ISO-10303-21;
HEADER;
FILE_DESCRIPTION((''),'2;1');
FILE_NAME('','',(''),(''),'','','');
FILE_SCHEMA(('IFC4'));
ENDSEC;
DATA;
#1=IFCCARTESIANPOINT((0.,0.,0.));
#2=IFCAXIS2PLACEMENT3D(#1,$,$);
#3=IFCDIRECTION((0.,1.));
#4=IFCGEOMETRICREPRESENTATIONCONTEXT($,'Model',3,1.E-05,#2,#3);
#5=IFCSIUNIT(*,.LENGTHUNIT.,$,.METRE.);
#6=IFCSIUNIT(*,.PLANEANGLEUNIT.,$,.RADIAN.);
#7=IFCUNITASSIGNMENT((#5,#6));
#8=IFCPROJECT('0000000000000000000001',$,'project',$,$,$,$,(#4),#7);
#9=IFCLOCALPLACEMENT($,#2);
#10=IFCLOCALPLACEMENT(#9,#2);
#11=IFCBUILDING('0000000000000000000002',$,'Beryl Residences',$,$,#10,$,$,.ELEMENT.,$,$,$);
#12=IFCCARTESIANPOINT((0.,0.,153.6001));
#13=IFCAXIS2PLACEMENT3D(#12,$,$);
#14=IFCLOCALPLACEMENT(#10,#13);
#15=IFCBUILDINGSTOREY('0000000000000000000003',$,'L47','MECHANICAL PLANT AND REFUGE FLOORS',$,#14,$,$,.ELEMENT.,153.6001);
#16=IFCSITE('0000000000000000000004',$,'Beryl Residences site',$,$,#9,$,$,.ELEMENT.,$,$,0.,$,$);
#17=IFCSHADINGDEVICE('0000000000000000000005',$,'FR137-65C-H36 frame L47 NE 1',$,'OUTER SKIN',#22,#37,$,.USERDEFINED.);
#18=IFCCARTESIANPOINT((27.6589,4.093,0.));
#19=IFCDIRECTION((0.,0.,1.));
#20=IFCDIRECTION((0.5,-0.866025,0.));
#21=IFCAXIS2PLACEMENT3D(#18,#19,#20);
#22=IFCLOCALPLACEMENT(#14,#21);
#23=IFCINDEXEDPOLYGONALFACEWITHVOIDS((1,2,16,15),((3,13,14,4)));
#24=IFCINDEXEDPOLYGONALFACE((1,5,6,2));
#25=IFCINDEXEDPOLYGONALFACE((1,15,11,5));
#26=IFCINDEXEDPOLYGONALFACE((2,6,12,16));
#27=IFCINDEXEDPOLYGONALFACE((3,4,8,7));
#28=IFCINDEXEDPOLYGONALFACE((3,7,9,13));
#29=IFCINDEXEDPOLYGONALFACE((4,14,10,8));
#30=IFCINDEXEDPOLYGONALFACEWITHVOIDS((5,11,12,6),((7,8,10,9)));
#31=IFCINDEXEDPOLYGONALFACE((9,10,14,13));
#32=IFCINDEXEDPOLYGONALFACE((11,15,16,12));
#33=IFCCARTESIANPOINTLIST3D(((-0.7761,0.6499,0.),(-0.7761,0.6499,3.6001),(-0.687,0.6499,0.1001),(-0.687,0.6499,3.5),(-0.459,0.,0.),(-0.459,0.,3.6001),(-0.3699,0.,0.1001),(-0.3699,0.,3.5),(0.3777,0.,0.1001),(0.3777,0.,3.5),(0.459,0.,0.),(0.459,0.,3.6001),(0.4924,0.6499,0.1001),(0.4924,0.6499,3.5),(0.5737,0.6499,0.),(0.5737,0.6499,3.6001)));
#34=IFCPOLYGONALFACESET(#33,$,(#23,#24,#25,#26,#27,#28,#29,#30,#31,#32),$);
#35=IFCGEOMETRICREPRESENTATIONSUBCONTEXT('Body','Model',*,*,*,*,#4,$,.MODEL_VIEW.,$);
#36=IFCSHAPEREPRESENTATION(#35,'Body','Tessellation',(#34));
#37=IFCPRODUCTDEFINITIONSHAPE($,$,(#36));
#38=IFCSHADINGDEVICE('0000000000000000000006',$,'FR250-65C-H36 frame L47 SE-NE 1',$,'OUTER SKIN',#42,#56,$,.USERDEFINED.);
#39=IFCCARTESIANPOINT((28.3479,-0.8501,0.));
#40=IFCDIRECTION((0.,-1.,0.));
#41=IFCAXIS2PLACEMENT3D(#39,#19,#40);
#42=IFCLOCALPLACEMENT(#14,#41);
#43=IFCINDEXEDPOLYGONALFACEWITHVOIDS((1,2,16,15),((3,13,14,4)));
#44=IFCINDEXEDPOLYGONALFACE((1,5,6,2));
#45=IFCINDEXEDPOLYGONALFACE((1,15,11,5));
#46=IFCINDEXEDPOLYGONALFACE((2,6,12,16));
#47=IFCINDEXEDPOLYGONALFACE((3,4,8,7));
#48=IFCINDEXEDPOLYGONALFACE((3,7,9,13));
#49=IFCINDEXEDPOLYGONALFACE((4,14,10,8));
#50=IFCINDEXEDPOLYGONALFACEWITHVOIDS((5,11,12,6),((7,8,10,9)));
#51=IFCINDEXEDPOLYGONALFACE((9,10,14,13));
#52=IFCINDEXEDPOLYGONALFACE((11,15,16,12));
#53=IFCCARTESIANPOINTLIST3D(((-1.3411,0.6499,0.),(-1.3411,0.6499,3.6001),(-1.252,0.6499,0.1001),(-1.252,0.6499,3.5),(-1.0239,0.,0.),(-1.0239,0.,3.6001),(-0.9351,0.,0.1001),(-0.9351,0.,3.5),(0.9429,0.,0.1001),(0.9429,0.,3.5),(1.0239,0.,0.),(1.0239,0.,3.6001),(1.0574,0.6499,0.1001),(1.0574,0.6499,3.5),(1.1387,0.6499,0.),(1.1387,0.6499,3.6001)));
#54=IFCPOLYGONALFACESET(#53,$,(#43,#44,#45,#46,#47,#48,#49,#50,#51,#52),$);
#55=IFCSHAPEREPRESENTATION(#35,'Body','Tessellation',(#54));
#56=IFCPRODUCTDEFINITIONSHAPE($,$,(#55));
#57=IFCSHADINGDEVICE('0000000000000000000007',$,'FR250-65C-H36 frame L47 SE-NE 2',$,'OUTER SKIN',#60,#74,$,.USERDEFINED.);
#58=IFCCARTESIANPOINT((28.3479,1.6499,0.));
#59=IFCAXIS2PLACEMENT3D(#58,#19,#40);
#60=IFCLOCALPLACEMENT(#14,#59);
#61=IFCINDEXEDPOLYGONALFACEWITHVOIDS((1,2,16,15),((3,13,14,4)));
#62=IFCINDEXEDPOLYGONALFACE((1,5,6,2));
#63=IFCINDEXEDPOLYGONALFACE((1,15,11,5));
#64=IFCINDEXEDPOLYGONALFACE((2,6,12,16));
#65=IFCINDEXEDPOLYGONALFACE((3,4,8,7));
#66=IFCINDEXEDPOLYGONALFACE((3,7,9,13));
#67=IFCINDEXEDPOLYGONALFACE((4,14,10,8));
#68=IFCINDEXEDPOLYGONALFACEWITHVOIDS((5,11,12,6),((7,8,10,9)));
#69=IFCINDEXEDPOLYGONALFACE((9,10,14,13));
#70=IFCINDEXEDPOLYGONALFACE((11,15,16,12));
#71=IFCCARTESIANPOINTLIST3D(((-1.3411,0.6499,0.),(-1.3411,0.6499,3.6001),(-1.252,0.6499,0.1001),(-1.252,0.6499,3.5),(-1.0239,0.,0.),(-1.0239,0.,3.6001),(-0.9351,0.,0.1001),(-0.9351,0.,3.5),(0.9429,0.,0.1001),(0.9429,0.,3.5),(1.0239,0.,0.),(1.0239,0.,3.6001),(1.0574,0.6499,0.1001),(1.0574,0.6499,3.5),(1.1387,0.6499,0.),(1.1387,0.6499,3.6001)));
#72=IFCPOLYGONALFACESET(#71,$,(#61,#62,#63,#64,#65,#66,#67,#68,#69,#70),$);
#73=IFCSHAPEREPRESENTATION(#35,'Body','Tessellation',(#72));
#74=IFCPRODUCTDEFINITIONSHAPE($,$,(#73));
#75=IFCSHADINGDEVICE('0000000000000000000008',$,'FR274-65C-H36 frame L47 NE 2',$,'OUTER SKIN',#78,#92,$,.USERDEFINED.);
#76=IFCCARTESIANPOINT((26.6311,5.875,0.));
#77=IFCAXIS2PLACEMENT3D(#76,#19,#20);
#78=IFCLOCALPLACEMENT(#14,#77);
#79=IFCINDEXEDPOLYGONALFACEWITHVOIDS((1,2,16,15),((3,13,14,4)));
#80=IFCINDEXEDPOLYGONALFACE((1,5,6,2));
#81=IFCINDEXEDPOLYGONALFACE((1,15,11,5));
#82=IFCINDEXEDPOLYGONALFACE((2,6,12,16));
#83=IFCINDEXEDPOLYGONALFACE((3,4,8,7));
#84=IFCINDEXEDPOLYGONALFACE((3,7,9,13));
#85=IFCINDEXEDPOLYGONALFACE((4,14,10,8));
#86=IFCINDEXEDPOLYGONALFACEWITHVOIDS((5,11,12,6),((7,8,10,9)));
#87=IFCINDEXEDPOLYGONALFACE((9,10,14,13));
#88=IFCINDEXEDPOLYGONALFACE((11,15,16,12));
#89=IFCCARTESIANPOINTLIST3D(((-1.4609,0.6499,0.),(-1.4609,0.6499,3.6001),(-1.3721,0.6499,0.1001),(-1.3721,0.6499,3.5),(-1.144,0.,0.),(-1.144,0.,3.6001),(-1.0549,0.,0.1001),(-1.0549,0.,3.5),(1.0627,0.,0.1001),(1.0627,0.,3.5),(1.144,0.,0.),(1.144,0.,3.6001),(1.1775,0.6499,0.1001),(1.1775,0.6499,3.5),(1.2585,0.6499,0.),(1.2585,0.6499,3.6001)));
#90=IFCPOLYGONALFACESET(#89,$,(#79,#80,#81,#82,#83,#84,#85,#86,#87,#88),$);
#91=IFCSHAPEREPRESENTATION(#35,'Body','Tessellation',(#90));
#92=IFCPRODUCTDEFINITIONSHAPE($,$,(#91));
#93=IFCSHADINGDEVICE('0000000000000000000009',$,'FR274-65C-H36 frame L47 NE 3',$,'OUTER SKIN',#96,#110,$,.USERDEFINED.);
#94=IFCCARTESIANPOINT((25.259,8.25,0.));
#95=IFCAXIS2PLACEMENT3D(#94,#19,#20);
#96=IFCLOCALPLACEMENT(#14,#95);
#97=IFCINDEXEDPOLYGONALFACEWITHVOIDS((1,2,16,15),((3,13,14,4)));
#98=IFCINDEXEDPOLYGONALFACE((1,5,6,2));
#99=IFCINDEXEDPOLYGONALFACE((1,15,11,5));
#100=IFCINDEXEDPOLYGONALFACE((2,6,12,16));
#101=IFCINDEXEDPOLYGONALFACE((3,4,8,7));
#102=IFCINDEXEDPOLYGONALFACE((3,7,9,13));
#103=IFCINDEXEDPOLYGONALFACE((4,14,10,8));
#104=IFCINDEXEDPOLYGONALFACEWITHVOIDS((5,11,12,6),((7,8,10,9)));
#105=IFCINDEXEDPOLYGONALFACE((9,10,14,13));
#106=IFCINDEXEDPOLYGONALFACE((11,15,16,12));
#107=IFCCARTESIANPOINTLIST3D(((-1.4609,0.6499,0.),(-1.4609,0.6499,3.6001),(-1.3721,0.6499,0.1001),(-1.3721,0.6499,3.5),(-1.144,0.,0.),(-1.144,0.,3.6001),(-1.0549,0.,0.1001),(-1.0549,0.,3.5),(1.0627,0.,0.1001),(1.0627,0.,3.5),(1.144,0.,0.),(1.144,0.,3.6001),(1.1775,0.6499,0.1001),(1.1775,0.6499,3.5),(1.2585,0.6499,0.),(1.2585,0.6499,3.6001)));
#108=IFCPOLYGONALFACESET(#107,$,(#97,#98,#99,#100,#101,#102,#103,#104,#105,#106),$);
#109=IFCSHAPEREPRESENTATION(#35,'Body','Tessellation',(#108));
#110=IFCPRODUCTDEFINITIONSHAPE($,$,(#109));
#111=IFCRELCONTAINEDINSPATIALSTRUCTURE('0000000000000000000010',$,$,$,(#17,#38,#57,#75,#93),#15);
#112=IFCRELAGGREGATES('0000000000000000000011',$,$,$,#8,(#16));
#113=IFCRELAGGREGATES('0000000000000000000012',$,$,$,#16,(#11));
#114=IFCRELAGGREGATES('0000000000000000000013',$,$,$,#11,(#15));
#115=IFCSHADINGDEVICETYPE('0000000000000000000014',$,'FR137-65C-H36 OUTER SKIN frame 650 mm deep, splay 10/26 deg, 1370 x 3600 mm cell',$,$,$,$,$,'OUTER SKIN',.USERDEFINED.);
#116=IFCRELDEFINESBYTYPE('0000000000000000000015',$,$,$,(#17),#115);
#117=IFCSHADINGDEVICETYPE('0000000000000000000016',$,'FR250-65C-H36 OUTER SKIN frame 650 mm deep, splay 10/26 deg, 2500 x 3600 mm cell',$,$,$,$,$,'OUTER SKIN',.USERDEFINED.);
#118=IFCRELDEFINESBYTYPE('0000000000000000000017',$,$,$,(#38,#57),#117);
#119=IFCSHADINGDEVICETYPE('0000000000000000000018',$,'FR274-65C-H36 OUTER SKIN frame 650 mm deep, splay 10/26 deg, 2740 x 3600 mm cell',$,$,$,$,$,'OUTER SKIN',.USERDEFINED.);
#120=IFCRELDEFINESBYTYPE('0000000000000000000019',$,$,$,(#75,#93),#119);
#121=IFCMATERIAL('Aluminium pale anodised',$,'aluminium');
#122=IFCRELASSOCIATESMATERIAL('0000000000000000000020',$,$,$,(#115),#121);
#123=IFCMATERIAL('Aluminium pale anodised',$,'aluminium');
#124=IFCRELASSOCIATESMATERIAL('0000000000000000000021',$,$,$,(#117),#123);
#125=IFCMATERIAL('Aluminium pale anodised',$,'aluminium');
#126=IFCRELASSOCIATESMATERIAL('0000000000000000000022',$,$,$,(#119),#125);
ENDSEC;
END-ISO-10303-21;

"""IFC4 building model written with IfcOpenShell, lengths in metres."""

from ifc_helpers import new_model, entity, si_unit, direction, frame, origin, place, context, subcontext, project, spatial, source, transform, mapped, material, type_object, type_shapes, element, save


model = new_model("IFC4")

# Units and contexts
model_context = context("Model", 3, precision=1e-05, world=origin(), true_north=direction((0.0, 1.0)))
body_context = subcontext(model_context, "Body", "Model", "MODEL_VIEW")
ifc_project = project(units=[si_unit("LENGTHUNIT", "METRE"), si_unit("PLANEANGLEUNIT", "RADIAN")], contexts=[model_context])

# Site, building, storey
site_placement = place(None, origin())
site = spatial("IfcSite", under=ifc_project, at=site_placement, Name="Beryl Residences site", CompositionType="ELEMENT", RefElevation=0.0)
building_placement = place(site_placement, origin())
building = spatial("IfcBuilding", under=site, at=building_placement, Name="Beryl Residences", CompositionType="ELEMENT")
storey_placement = place(building_placement, frame((0.0, 0.0, 153.6001)))
storey = spatial("IfcBuildingStorey", under=building, at=storey_placement, Name="L47", Description="MECHANICAL PLANT AND REFUGE FLOORS", CompositionType="ELEMENT", Elevation=153.6001)

# Shading devices
ifc_material_1 = material(Name="Aluminium pale anodised", Category="aluminium")
shading_device_type_1 = type_object("IfcShadingDeviceType", Name="FR137-65C-H36 OUTER SKIN frame 650 mm deep, splay 10/26 deg, 1370 x 3600 mm cell", ElementType="OUTER SKIN", PredefinedType="USERDEFINED", material=ifc_material_1)
cartesian_point_1 = entity("IfcCartesianPoint", [-0.459, 0.0])
cartesian_point_2 = entity("IfcCartesianPoint", [-0.3777, 0.1001])
cartesian_point_3 = entity("IfcCartesianPoint", [-0.5737, 0.0])
cartesian_point_4 = entity("IfcCartesianPoint", [-0.4924, 0.1001])
shared_shape_1 = source(origin(), body_context, "Body", "SweptSolid", [
    entity("IfcExtrudedAreaSolidTapered", entity("IfcArbitraryProfileDefWithVoids", "AREA", None, entity("IfcPolyline", [cartesian_point_1, entity("IfcCartesianPoint", [0.459, 0.0]), entity("IfcCartesianPoint", [0.459, 3.6001]), entity("IfcCartesianPoint", [-0.459, 3.6001]), cartesian_point_1]), [entity("IfcPolyline", [cartesian_point_2, entity("IfcCartesianPoint", [0.3699, 0.1001]), entity("IfcCartesianPoint", [0.3699, 3.5]), entity("IfcCartesianPoint", [-0.3777, 3.5]), cartesian_point_2])]), entity("IfcAxis2Placement3D", entity("IfcCartesianPoint", [0.0, 0.0, 0.0]), entity("IfcDirection", [0.0, 1.0, 0.0]), entity("IfcDirection", [-1.0, 0.0, 0.0])), entity("IfcDirection", [0.0, 0.0, 1.0]), 0.6499, entity("IfcArbitraryProfileDefWithVoids", "AREA", None, entity("IfcPolyline", [cartesian_point_3, entity("IfcCartesianPoint", [0.7761, 0.0]), entity("IfcCartesianPoint", [0.7761, 3.6001]), entity("IfcCartesianPoint", [-0.5737, 3.6001]), cartesian_point_3]), [entity("IfcPolyline", [cartesian_point_4, entity("IfcCartesianPoint", [0.687, 0.1001]), entity("IfcCartesianPoint", [0.687, 3.5]), entity("IfcCartesianPoint", [-0.4924, 3.5]), cartesian_point_4])])),
])
type_shapes(shading_device_type_1, [shared_shape_1])
shading_device_placement = place(storey_placement, frame((27.6589, 4.093, 0.0), z_axis=(0.0, 0.0, 1.0), x_axis=(0.5, -0.866025, 0.0)))
element("IfcShadingDevice", 1, at=shading_device_placement, inside=storey, type_object=shading_device_type_1, Name="FR137-65C-H36 frame L47 NE 1", ObjectType="OUTER SKIN", PredefinedType="USERDEFINED", context=body_context, shape_type="MappedRepresentation", body=[
    mapped(shared_shape_1, transform((0.0, 0.0, 0.0))),
])
ifc_material_2 = material(Name="Aluminium pale anodised", Category="aluminium")
shading_device_type_2 = type_object("IfcShadingDeviceType", Name="FR250-65C-H36 OUTER SKIN frame 650 mm deep, splay 10/26 deg, 2500 x 3600 mm cell", ElementType="OUTER SKIN", PredefinedType="USERDEFINED", material=ifc_material_2)
cartesian_point_5 = entity("IfcCartesianPoint", [-1.0239, 0.0])
cartesian_point_6 = entity("IfcCartesianPoint", [-0.9429, 0.1001])
cartesian_point_7 = entity("IfcCartesianPoint", [-1.1387, 0.0])
cartesian_point_8 = entity("IfcCartesianPoint", [-1.0574, 0.1001])
shared_shape_2 = source(origin(), body_context, "Body", "SweptSolid", [
    entity("IfcExtrudedAreaSolidTapered", entity("IfcArbitraryProfileDefWithVoids", "AREA", None, entity("IfcPolyline", [cartesian_point_5, entity("IfcCartesianPoint", [1.0239, 0.0]), entity("IfcCartesianPoint", [1.0239, 3.6001]), entity("IfcCartesianPoint", [-1.0239, 3.6001]), cartesian_point_5]), [entity("IfcPolyline", [cartesian_point_6, entity("IfcCartesianPoint", [0.9351, 0.1001]), entity("IfcCartesianPoint", [0.9351, 3.5]), entity("IfcCartesianPoint", [-0.9429, 3.5]), cartesian_point_6])]), entity("IfcAxis2Placement3D", entity("IfcCartesianPoint", [0.0, 0.0, 0.0]), entity("IfcDirection", [0.0, 1.0, 0.0]), entity("IfcDirection", [-1.0, 0.0, 0.0])), entity("IfcDirection", [0.0, 0.0, 1.0]), 0.6499, entity("IfcArbitraryProfileDefWithVoids", "AREA", None, entity("IfcPolyline", [cartesian_point_7, entity("IfcCartesianPoint", [1.3411, 0.0]), entity("IfcCartesianPoint", [1.3411, 3.6001]), entity("IfcCartesianPoint", [-1.1387, 3.6001]), cartesian_point_7]), [entity("IfcPolyline", [cartesian_point_8, entity("IfcCartesianPoint", [1.252, 0.1001]), entity("IfcCartesianPoint", [1.252, 3.5]), entity("IfcCartesianPoint", [-1.0574, 3.5]), cartesian_point_8])])),
])
type_shapes(shading_device_type_2, [shared_shape_2])
for number, where, z_axis, x_axis, name in (
    (2, (28.3479, -0.8501, 0.0), (0.0, 0.0, 1.0), (0.0, -1.0, 0.0), "FR250-65C-H36 frame L47 SE-NE 1"),
    (3, (28.3479, 1.6499, 0.0), (0.0, 0.0, 1.0), (0.0, -1.0, 0.0), "FR250-65C-H36 frame L47 SE-NE 2"),
):
    element("IfcShadingDevice", number, at=place(storey_placement, frame(where, z_axis=z_axis, x_axis=x_axis)), inside=storey, type_object=shading_device_type_2, Name=name, ObjectType="OUTER SKIN", PredefinedType="USERDEFINED", context=body_context, shape_type="MappedRepresentation", body=[
        mapped(shared_shape_2, transform((0.0, 0.0, 0.0))),
    ])
ifc_material_3 = material(Name="Aluminium pale anodised", Category="aluminium")
shading_device_type_3 = type_object("IfcShadingDeviceType", Name="FR274-65C-H36 OUTER SKIN frame 650 mm deep, splay 10/26 deg, 2740 x 3600 mm cell", ElementType="OUTER SKIN", PredefinedType="USERDEFINED", material=ifc_material_3)
cartesian_point_9 = entity("IfcCartesianPoint", [-1.144, 0.0])
cartesian_point_10 = entity("IfcCartesianPoint", [-1.0627, 0.1001])
cartesian_point_11 = entity("IfcCartesianPoint", [-1.2585, 0.0])
cartesian_point_12 = entity("IfcCartesianPoint", [-1.1775, 0.1001])
shared_shape_3 = source(origin(), body_context, "Body", "SweptSolid", [
    entity("IfcExtrudedAreaSolidTapered", entity("IfcArbitraryProfileDefWithVoids", "AREA", None, entity("IfcPolyline", [cartesian_point_9, entity("IfcCartesianPoint", [1.144, 0.0]), entity("IfcCartesianPoint", [1.144, 3.6001]), entity("IfcCartesianPoint", [-1.144, 3.6001]), cartesian_point_9]), [entity("IfcPolyline", [cartesian_point_10, entity("IfcCartesianPoint", [1.0549, 0.1001]), entity("IfcCartesianPoint", [1.0549, 3.5]), entity("IfcCartesianPoint", [-1.0627, 3.5]), cartesian_point_10])]), entity("IfcAxis2Placement3D", entity("IfcCartesianPoint", [0.0, 0.0, 0.0]), entity("IfcDirection", [0.0, 1.0, 0.0]), entity("IfcDirection", [-1.0, 0.0, 0.0])), entity("IfcDirection", [0.0, 0.0, 1.0]), 0.6499, entity("IfcArbitraryProfileDefWithVoids", "AREA", None, entity("IfcPolyline", [cartesian_point_11, entity("IfcCartesianPoint", [1.4609, 0.0]), entity("IfcCartesianPoint", [1.4609, 3.6001]), entity("IfcCartesianPoint", [-1.2585, 3.6001]), cartesian_point_11]), [entity("IfcPolyline", [cartesian_point_12, entity("IfcCartesianPoint", [1.3721, 0.1001]), entity("IfcCartesianPoint", [1.3721, 3.5]), entity("IfcCartesianPoint", [-1.1775, 3.5]), cartesian_point_12])])),
])
type_shapes(shading_device_type_3, [shared_shape_3])
for number, where, z_axis, x_axis, name in (
    (4, (26.6311, 5.875, 0.0), (0.0, 0.0, 1.0), (0.5, -0.866025, 0.0), "FR274-65C-H36 frame L47 NE 2"),
    (5, (25.259, 8.25, 0.0), (0.0, 0.0, 1.0), (0.5, -0.866025, 0.0), "FR274-65C-H36 frame L47 NE 3"),
):
    element("IfcShadingDevice", number, at=place(storey_placement, frame(where, z_axis=z_axis, x_axis=x_axis)), inside=storey, type_object=shading_device_type_3, Name=name, ObjectType="OUTER SKIN", PredefinedType="USERDEFINED", context=body_context, shape_type="MappedRepresentation", body=[
        mapped(shared_shape_3, transform((0.0, 0.0, 0.0))),
    ])

save(model, "model.ifc")
